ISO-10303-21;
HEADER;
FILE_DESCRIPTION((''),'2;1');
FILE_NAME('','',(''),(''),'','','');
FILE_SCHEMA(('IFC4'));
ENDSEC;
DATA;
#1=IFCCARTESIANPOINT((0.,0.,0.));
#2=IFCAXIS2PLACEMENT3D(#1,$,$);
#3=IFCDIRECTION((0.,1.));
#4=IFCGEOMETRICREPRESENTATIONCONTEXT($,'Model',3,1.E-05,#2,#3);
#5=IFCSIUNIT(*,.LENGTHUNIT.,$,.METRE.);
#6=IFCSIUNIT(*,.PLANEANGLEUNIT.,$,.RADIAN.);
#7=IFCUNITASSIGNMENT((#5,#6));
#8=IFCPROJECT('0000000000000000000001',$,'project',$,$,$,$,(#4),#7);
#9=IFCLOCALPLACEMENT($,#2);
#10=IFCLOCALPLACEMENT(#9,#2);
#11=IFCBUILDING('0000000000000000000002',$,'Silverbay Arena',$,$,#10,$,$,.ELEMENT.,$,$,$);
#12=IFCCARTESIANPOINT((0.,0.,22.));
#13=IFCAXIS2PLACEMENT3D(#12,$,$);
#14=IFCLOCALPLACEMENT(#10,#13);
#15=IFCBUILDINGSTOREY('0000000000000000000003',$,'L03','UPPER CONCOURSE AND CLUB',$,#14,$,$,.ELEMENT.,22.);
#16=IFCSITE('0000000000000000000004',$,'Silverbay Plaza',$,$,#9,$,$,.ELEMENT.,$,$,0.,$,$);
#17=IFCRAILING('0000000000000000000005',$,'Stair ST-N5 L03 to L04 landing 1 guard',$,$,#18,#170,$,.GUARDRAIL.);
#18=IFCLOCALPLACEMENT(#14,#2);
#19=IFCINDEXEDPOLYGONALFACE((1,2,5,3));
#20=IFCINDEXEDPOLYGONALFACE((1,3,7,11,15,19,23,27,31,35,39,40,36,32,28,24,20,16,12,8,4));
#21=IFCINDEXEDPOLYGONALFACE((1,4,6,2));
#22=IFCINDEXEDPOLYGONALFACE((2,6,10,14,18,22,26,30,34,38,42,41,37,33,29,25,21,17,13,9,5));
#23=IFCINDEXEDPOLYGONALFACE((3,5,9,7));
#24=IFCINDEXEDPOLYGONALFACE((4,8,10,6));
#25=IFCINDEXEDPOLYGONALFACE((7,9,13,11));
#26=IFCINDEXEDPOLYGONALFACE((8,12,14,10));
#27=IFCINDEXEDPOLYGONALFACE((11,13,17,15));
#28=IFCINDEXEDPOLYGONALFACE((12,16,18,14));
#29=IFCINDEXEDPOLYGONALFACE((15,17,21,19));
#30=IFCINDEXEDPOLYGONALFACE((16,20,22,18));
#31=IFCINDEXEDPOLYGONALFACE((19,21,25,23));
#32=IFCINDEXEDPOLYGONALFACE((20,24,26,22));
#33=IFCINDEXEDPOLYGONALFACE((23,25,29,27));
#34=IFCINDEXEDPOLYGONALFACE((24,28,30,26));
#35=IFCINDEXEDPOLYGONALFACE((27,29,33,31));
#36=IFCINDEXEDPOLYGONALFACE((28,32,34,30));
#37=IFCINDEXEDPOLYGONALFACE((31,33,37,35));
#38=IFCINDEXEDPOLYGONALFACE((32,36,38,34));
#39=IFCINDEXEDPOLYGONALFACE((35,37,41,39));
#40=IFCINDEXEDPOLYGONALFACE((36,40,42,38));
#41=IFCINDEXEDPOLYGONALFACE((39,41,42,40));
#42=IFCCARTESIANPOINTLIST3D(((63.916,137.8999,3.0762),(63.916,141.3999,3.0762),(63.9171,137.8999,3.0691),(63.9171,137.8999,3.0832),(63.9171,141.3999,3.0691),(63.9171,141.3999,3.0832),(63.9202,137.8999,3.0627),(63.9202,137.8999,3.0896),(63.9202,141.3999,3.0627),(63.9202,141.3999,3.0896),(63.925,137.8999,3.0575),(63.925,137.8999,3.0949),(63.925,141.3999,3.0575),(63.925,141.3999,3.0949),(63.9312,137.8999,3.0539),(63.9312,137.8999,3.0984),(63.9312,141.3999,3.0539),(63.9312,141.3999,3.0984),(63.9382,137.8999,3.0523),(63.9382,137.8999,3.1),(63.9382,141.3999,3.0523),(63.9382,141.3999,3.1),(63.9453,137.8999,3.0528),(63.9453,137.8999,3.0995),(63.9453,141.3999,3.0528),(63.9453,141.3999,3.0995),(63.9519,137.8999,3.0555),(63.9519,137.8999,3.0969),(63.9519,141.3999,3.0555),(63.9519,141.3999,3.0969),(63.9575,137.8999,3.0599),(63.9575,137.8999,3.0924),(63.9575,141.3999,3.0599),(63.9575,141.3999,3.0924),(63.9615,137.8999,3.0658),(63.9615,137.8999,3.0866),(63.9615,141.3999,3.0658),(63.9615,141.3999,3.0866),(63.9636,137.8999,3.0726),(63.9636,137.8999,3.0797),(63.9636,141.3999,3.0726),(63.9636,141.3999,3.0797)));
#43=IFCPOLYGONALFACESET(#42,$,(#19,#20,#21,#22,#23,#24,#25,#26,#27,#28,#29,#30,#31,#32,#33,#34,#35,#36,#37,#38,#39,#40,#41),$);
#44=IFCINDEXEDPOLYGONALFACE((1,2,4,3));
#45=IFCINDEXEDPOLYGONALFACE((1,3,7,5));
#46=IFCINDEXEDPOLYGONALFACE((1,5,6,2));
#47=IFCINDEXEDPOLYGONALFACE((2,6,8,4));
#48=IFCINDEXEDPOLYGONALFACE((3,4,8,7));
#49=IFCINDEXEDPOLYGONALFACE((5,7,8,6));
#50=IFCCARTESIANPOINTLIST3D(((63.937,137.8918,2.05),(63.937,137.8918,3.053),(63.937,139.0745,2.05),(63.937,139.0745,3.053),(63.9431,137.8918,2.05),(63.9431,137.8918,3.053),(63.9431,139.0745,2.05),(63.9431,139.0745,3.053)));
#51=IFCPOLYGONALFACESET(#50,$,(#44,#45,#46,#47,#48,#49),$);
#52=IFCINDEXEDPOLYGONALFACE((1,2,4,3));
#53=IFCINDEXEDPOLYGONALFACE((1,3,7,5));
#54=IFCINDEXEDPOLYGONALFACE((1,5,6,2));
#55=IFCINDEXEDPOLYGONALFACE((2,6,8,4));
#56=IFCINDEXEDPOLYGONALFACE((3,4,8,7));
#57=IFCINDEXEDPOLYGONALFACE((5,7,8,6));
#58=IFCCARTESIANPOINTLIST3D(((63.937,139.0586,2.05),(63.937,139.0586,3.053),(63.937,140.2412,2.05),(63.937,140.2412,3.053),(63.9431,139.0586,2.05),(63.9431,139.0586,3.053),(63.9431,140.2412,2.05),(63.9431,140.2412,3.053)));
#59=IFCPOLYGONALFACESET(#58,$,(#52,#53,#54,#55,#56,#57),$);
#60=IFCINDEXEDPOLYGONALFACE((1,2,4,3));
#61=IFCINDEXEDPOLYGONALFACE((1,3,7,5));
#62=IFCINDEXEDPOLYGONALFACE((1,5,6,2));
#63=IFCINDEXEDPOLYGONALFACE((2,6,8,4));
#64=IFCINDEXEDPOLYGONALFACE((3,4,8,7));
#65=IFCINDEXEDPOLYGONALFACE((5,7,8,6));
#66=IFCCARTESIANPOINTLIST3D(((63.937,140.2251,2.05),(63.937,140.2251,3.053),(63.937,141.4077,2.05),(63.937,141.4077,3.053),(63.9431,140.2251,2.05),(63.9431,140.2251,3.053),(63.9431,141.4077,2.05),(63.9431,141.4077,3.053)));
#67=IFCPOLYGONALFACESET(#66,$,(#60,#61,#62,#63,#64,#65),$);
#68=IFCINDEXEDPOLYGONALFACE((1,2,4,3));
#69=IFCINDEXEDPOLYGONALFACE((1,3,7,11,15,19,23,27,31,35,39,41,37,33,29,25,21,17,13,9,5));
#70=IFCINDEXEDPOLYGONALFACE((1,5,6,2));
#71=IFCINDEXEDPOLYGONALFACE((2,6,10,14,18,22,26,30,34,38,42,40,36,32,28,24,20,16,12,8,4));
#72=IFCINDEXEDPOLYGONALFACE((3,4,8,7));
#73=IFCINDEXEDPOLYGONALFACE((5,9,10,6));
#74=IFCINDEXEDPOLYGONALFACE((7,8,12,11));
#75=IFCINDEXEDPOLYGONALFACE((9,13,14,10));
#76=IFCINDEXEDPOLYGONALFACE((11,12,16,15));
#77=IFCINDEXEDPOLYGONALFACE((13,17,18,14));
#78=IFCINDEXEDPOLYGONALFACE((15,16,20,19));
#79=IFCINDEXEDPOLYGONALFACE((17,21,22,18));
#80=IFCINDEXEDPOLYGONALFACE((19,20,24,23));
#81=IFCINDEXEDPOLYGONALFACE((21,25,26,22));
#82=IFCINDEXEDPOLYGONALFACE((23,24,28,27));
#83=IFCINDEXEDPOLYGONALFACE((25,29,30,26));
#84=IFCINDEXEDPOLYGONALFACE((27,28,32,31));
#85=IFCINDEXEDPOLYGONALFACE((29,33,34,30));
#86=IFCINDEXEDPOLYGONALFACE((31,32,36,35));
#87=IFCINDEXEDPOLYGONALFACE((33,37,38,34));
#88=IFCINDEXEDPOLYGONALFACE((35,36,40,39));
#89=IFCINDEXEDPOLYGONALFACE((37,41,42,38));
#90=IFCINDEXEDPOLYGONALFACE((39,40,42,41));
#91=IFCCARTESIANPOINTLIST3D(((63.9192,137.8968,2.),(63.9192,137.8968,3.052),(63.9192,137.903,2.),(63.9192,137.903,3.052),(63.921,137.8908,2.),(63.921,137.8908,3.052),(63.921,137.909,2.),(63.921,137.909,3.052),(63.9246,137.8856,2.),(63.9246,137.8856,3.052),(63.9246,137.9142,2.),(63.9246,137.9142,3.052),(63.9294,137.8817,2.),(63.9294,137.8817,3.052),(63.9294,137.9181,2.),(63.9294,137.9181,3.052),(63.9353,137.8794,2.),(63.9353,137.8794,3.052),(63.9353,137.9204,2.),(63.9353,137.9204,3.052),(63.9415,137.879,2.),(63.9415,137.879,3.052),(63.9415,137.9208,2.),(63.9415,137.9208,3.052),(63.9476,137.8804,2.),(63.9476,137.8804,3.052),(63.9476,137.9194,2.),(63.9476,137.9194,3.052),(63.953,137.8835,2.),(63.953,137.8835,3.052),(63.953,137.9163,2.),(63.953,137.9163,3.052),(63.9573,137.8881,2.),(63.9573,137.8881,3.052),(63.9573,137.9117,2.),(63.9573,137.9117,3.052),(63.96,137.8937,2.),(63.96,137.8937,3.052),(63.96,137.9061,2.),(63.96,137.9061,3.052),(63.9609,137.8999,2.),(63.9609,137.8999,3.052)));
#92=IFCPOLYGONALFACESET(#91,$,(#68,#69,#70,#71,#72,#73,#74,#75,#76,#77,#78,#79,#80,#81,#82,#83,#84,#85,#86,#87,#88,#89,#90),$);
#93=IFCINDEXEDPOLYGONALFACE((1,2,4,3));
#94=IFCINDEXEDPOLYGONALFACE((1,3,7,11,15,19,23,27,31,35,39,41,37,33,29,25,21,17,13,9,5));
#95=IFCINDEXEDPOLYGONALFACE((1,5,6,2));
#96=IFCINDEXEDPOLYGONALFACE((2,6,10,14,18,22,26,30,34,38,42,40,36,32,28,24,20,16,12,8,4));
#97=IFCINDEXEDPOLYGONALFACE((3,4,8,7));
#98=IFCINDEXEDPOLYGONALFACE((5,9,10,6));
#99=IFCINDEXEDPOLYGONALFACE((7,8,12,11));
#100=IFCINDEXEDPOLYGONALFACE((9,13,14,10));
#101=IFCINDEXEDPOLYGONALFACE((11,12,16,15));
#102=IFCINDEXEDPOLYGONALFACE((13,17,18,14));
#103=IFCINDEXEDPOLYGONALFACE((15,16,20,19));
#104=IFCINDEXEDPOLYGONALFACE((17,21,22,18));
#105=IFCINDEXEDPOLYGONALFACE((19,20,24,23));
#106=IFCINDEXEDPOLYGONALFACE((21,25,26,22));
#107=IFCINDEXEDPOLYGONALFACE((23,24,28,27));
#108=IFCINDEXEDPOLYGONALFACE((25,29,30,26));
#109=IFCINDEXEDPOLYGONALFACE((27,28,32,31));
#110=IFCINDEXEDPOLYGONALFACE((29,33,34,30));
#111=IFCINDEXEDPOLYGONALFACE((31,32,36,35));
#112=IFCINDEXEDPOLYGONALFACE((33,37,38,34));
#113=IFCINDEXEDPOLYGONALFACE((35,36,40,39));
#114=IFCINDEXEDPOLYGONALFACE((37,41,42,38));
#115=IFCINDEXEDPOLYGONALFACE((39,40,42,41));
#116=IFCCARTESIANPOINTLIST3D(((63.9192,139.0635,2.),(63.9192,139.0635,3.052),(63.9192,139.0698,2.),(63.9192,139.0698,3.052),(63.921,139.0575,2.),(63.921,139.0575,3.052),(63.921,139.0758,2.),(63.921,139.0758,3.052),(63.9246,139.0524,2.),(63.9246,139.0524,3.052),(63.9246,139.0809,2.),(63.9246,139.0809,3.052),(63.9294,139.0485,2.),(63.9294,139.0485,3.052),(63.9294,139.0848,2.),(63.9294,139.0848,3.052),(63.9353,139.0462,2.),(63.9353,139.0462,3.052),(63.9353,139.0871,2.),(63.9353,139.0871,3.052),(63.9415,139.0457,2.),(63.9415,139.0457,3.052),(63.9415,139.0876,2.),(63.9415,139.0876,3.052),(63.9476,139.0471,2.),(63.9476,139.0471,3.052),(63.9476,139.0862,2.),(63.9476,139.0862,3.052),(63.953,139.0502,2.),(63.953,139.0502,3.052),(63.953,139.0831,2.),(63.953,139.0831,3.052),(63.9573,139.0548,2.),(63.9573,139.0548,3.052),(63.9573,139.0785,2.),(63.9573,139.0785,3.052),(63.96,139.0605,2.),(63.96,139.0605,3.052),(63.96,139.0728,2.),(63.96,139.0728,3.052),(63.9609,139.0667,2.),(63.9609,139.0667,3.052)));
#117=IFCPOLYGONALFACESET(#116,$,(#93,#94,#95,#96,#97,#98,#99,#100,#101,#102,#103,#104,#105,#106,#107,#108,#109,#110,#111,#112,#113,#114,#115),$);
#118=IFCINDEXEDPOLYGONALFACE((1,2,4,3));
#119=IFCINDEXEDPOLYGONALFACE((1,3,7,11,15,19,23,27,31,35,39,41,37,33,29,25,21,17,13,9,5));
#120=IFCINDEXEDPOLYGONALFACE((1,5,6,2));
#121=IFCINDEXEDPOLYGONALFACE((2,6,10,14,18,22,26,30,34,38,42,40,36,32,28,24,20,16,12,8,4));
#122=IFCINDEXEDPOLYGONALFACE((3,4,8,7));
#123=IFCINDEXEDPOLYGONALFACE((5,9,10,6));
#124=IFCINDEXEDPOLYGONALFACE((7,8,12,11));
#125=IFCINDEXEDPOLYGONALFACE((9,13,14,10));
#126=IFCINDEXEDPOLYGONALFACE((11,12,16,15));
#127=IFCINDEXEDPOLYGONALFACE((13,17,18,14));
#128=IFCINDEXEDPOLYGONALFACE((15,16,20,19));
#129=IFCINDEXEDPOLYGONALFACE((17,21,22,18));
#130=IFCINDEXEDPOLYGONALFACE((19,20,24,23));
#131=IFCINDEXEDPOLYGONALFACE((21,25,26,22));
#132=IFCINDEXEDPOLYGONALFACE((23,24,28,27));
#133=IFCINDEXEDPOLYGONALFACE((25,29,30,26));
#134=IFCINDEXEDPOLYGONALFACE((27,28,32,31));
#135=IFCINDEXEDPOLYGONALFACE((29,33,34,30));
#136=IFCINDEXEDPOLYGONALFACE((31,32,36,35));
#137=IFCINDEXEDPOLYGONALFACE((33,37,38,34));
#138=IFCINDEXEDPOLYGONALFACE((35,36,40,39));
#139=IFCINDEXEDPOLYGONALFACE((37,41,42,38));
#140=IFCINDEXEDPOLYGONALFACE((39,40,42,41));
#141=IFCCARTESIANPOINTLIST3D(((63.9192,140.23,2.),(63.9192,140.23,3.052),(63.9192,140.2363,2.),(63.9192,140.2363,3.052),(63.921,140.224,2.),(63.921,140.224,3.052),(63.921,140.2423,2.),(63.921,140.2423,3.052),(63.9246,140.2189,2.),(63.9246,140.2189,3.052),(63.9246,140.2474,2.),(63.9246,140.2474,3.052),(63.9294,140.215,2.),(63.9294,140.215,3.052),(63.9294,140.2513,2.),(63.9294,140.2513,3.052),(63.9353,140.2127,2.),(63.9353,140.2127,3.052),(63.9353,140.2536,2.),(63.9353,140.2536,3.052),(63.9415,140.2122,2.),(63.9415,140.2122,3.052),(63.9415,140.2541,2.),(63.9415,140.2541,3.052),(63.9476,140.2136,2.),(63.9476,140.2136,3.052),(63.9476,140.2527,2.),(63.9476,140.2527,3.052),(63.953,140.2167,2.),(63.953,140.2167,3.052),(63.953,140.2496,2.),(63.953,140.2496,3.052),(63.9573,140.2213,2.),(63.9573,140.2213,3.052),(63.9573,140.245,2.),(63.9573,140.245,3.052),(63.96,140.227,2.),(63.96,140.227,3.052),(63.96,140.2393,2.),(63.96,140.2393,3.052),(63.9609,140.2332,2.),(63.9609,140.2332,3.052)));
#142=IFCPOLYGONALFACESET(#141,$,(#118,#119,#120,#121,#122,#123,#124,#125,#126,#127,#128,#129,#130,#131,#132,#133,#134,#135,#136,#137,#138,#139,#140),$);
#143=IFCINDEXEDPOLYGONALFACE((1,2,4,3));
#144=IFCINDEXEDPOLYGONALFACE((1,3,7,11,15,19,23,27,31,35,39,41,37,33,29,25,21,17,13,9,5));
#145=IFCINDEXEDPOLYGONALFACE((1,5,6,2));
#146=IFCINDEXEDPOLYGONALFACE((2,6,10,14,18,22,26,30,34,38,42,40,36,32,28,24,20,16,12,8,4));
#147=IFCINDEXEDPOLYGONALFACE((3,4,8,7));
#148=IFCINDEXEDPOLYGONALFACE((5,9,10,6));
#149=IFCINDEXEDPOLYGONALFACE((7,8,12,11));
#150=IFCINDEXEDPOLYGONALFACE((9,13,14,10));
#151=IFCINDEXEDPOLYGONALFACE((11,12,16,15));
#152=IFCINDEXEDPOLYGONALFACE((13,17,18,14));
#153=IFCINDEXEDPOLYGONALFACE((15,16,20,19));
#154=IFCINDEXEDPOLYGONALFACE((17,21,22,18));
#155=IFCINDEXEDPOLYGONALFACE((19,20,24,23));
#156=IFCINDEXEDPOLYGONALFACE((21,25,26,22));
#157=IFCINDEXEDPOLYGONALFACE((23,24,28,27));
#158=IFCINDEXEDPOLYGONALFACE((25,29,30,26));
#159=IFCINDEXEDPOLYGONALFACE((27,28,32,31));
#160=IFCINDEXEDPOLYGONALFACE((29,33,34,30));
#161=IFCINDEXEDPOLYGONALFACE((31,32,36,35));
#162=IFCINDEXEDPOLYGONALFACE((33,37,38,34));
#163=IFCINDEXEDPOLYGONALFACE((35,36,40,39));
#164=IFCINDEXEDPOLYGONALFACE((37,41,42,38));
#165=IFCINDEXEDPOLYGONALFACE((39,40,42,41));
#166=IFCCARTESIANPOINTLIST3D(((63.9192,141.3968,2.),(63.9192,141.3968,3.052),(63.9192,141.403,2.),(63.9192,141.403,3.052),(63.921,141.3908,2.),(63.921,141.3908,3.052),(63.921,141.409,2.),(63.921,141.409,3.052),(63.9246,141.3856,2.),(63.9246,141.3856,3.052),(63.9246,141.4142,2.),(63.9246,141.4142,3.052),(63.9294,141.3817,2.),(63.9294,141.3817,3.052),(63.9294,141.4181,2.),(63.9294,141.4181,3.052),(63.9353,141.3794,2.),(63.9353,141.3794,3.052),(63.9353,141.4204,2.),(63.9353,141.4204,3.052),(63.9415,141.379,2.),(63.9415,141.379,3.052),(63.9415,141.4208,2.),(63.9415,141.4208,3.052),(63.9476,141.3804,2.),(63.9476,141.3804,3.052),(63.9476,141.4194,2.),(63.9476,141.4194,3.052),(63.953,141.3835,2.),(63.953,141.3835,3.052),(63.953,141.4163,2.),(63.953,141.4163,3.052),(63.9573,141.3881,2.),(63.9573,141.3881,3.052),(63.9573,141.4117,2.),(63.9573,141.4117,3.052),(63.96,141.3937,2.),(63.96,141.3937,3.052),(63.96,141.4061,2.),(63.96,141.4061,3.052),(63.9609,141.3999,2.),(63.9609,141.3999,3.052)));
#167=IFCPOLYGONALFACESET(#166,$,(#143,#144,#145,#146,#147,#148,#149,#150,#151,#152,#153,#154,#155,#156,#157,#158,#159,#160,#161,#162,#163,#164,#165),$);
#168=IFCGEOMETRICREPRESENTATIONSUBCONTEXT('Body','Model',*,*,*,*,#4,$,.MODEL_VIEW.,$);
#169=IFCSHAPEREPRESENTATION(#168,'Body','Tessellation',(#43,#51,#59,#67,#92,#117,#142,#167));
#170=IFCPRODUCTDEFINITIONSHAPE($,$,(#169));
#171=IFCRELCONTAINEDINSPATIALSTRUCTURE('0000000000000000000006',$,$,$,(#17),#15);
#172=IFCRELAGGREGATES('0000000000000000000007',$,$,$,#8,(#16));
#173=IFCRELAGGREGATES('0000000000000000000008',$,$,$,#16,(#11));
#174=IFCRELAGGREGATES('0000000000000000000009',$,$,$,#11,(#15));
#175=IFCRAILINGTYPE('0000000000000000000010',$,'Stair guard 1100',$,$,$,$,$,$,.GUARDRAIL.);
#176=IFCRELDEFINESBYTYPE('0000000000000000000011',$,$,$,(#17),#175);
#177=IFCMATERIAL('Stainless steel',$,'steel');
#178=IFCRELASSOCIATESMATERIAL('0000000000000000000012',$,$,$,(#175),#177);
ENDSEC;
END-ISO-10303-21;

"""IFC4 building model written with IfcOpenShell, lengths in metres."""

from ifc_helpers import new_model, si_unit, direction, frame, origin, origin_2d, place, context, subcontext, project, spatial, polyline, circle, outline, extrude, material, type_object, element, save


model = new_model("IFC4")

# Units and contexts
model_context = context("Model", 3, precision=1e-05, world=origin(), true_north=direction((0.0, 1.0)))
body_context = subcontext(model_context, "Body", "Model", "MODEL_VIEW")
ifc_project = project(units=[si_unit("LENGTHUNIT", "METRE"), si_unit("PLANEANGLEUNIT", "RADIAN")], contexts=[model_context])

# Site, building, storey
site_placement = place(None, origin())
site = spatial("IfcSite", under=ifc_project, at=site_placement, Name="Silverbay Plaza", CompositionType="ELEMENT", RefElevation=0.0)
building_placement = place(site_placement, origin())
building = spatial("IfcBuilding", under=site, at=building_placement, Name="Silverbay Arena", CompositionType="ELEMENT")
storey_placement = place(building_placement, frame((0.0, 0.0, 22.0)))
storey = spatial("IfcBuildingStorey", under=building, at=storey_placement, Name="L03", Description="UPPER CONCOURSE AND CLUB", CompositionType="ELEMENT", Elevation=22.0)

# Railing
ifc_material_1 = material(Name="Stainless steel", Category="steel")
railing_type_1 = type_object("IfcRailingType", Name="Stair guard 1100", PredefinedType="GUARDRAIL", material=ifc_material_1)
for number, where, name in (
    (1, (63.9399, 137.8999, 2.0), "Stair ST-N5 L03 to L04 landing 1 guard"),
):
    element("IfcRailing", number, at=place(storey_placement, frame(where)), inside=storey, type_object=railing_type_1, Name=name, PredefinedType="GUARDRAIL", context=body_context, shape_type="SweptSolid", body=[
        extrude(circle(Radius=0.0239, at=origin_2d()), frame((0.0, 0.0, 1.0762), z_axis=(0.0, 1.0, 0.0), x_axis=(-1.0, 0.0, 0.0)), (0.0, 0.0, 1.0), 3.5),
        extrude(outline(polyline([(-0.0081, 0.05), (1.1746, 0.05), (1.1746, 1.053), (-0.0081, 1.053), (-0.0081, 0.05)])), frame((-0.0029, 0.0, 0.0), z_axis=(1.0, 0.0, 0.0), x_axis=(0.0, 1.0, 0.0)), (0.0, 0.0, 1.0), 0.0061),
        extrude(outline(polyline([(-0.0081, 0.05), (1.1746, 0.05), (1.1746, 1.053), (-0.0081, 1.053), (-0.0081, 0.05)])), frame((-0.0029, 1.1667, 0.0), z_axis=(1.0, 0.0, 0.0), x_axis=(0.0, 1.0, 0.0)), (0.0, 0.0, 1.0), 0.0061),
        extrude(outline(polyline([(-0.0081, 0.05), (1.1746, 0.05), (1.1746, 1.053), (-0.0081, 1.053), (-0.0081, 0.05)])), frame((-0.0029, 2.3333, 0.0), z_axis=(1.0, 0.0, 0.0), x_axis=(0.0, 1.0, 0.0)), (0.0, 0.0, 1.0), 0.0061),
        extrude(circle(Radius=0.021, at=origin_2d()), origin(), (0.0, 0.0, 1.0), 1.052),
        extrude(circle(Radius=0.021, at=origin_2d()), frame((0.0, 1.1667, 0.0)), (0.0, 0.0, 1.0), 1.052),
        extrude(circle(Radius=0.021, at=origin_2d()), frame((0.0, 2.3333, 0.0)), (0.0, 0.0, 1.0), 1.052),
        extrude(circle(Radius=0.021, at=origin_2d()), frame((0.0, 3.5, 0.0)), (0.0, 0.0, 1.0), 1.052),
    ])

save(model, "model.ifc")
